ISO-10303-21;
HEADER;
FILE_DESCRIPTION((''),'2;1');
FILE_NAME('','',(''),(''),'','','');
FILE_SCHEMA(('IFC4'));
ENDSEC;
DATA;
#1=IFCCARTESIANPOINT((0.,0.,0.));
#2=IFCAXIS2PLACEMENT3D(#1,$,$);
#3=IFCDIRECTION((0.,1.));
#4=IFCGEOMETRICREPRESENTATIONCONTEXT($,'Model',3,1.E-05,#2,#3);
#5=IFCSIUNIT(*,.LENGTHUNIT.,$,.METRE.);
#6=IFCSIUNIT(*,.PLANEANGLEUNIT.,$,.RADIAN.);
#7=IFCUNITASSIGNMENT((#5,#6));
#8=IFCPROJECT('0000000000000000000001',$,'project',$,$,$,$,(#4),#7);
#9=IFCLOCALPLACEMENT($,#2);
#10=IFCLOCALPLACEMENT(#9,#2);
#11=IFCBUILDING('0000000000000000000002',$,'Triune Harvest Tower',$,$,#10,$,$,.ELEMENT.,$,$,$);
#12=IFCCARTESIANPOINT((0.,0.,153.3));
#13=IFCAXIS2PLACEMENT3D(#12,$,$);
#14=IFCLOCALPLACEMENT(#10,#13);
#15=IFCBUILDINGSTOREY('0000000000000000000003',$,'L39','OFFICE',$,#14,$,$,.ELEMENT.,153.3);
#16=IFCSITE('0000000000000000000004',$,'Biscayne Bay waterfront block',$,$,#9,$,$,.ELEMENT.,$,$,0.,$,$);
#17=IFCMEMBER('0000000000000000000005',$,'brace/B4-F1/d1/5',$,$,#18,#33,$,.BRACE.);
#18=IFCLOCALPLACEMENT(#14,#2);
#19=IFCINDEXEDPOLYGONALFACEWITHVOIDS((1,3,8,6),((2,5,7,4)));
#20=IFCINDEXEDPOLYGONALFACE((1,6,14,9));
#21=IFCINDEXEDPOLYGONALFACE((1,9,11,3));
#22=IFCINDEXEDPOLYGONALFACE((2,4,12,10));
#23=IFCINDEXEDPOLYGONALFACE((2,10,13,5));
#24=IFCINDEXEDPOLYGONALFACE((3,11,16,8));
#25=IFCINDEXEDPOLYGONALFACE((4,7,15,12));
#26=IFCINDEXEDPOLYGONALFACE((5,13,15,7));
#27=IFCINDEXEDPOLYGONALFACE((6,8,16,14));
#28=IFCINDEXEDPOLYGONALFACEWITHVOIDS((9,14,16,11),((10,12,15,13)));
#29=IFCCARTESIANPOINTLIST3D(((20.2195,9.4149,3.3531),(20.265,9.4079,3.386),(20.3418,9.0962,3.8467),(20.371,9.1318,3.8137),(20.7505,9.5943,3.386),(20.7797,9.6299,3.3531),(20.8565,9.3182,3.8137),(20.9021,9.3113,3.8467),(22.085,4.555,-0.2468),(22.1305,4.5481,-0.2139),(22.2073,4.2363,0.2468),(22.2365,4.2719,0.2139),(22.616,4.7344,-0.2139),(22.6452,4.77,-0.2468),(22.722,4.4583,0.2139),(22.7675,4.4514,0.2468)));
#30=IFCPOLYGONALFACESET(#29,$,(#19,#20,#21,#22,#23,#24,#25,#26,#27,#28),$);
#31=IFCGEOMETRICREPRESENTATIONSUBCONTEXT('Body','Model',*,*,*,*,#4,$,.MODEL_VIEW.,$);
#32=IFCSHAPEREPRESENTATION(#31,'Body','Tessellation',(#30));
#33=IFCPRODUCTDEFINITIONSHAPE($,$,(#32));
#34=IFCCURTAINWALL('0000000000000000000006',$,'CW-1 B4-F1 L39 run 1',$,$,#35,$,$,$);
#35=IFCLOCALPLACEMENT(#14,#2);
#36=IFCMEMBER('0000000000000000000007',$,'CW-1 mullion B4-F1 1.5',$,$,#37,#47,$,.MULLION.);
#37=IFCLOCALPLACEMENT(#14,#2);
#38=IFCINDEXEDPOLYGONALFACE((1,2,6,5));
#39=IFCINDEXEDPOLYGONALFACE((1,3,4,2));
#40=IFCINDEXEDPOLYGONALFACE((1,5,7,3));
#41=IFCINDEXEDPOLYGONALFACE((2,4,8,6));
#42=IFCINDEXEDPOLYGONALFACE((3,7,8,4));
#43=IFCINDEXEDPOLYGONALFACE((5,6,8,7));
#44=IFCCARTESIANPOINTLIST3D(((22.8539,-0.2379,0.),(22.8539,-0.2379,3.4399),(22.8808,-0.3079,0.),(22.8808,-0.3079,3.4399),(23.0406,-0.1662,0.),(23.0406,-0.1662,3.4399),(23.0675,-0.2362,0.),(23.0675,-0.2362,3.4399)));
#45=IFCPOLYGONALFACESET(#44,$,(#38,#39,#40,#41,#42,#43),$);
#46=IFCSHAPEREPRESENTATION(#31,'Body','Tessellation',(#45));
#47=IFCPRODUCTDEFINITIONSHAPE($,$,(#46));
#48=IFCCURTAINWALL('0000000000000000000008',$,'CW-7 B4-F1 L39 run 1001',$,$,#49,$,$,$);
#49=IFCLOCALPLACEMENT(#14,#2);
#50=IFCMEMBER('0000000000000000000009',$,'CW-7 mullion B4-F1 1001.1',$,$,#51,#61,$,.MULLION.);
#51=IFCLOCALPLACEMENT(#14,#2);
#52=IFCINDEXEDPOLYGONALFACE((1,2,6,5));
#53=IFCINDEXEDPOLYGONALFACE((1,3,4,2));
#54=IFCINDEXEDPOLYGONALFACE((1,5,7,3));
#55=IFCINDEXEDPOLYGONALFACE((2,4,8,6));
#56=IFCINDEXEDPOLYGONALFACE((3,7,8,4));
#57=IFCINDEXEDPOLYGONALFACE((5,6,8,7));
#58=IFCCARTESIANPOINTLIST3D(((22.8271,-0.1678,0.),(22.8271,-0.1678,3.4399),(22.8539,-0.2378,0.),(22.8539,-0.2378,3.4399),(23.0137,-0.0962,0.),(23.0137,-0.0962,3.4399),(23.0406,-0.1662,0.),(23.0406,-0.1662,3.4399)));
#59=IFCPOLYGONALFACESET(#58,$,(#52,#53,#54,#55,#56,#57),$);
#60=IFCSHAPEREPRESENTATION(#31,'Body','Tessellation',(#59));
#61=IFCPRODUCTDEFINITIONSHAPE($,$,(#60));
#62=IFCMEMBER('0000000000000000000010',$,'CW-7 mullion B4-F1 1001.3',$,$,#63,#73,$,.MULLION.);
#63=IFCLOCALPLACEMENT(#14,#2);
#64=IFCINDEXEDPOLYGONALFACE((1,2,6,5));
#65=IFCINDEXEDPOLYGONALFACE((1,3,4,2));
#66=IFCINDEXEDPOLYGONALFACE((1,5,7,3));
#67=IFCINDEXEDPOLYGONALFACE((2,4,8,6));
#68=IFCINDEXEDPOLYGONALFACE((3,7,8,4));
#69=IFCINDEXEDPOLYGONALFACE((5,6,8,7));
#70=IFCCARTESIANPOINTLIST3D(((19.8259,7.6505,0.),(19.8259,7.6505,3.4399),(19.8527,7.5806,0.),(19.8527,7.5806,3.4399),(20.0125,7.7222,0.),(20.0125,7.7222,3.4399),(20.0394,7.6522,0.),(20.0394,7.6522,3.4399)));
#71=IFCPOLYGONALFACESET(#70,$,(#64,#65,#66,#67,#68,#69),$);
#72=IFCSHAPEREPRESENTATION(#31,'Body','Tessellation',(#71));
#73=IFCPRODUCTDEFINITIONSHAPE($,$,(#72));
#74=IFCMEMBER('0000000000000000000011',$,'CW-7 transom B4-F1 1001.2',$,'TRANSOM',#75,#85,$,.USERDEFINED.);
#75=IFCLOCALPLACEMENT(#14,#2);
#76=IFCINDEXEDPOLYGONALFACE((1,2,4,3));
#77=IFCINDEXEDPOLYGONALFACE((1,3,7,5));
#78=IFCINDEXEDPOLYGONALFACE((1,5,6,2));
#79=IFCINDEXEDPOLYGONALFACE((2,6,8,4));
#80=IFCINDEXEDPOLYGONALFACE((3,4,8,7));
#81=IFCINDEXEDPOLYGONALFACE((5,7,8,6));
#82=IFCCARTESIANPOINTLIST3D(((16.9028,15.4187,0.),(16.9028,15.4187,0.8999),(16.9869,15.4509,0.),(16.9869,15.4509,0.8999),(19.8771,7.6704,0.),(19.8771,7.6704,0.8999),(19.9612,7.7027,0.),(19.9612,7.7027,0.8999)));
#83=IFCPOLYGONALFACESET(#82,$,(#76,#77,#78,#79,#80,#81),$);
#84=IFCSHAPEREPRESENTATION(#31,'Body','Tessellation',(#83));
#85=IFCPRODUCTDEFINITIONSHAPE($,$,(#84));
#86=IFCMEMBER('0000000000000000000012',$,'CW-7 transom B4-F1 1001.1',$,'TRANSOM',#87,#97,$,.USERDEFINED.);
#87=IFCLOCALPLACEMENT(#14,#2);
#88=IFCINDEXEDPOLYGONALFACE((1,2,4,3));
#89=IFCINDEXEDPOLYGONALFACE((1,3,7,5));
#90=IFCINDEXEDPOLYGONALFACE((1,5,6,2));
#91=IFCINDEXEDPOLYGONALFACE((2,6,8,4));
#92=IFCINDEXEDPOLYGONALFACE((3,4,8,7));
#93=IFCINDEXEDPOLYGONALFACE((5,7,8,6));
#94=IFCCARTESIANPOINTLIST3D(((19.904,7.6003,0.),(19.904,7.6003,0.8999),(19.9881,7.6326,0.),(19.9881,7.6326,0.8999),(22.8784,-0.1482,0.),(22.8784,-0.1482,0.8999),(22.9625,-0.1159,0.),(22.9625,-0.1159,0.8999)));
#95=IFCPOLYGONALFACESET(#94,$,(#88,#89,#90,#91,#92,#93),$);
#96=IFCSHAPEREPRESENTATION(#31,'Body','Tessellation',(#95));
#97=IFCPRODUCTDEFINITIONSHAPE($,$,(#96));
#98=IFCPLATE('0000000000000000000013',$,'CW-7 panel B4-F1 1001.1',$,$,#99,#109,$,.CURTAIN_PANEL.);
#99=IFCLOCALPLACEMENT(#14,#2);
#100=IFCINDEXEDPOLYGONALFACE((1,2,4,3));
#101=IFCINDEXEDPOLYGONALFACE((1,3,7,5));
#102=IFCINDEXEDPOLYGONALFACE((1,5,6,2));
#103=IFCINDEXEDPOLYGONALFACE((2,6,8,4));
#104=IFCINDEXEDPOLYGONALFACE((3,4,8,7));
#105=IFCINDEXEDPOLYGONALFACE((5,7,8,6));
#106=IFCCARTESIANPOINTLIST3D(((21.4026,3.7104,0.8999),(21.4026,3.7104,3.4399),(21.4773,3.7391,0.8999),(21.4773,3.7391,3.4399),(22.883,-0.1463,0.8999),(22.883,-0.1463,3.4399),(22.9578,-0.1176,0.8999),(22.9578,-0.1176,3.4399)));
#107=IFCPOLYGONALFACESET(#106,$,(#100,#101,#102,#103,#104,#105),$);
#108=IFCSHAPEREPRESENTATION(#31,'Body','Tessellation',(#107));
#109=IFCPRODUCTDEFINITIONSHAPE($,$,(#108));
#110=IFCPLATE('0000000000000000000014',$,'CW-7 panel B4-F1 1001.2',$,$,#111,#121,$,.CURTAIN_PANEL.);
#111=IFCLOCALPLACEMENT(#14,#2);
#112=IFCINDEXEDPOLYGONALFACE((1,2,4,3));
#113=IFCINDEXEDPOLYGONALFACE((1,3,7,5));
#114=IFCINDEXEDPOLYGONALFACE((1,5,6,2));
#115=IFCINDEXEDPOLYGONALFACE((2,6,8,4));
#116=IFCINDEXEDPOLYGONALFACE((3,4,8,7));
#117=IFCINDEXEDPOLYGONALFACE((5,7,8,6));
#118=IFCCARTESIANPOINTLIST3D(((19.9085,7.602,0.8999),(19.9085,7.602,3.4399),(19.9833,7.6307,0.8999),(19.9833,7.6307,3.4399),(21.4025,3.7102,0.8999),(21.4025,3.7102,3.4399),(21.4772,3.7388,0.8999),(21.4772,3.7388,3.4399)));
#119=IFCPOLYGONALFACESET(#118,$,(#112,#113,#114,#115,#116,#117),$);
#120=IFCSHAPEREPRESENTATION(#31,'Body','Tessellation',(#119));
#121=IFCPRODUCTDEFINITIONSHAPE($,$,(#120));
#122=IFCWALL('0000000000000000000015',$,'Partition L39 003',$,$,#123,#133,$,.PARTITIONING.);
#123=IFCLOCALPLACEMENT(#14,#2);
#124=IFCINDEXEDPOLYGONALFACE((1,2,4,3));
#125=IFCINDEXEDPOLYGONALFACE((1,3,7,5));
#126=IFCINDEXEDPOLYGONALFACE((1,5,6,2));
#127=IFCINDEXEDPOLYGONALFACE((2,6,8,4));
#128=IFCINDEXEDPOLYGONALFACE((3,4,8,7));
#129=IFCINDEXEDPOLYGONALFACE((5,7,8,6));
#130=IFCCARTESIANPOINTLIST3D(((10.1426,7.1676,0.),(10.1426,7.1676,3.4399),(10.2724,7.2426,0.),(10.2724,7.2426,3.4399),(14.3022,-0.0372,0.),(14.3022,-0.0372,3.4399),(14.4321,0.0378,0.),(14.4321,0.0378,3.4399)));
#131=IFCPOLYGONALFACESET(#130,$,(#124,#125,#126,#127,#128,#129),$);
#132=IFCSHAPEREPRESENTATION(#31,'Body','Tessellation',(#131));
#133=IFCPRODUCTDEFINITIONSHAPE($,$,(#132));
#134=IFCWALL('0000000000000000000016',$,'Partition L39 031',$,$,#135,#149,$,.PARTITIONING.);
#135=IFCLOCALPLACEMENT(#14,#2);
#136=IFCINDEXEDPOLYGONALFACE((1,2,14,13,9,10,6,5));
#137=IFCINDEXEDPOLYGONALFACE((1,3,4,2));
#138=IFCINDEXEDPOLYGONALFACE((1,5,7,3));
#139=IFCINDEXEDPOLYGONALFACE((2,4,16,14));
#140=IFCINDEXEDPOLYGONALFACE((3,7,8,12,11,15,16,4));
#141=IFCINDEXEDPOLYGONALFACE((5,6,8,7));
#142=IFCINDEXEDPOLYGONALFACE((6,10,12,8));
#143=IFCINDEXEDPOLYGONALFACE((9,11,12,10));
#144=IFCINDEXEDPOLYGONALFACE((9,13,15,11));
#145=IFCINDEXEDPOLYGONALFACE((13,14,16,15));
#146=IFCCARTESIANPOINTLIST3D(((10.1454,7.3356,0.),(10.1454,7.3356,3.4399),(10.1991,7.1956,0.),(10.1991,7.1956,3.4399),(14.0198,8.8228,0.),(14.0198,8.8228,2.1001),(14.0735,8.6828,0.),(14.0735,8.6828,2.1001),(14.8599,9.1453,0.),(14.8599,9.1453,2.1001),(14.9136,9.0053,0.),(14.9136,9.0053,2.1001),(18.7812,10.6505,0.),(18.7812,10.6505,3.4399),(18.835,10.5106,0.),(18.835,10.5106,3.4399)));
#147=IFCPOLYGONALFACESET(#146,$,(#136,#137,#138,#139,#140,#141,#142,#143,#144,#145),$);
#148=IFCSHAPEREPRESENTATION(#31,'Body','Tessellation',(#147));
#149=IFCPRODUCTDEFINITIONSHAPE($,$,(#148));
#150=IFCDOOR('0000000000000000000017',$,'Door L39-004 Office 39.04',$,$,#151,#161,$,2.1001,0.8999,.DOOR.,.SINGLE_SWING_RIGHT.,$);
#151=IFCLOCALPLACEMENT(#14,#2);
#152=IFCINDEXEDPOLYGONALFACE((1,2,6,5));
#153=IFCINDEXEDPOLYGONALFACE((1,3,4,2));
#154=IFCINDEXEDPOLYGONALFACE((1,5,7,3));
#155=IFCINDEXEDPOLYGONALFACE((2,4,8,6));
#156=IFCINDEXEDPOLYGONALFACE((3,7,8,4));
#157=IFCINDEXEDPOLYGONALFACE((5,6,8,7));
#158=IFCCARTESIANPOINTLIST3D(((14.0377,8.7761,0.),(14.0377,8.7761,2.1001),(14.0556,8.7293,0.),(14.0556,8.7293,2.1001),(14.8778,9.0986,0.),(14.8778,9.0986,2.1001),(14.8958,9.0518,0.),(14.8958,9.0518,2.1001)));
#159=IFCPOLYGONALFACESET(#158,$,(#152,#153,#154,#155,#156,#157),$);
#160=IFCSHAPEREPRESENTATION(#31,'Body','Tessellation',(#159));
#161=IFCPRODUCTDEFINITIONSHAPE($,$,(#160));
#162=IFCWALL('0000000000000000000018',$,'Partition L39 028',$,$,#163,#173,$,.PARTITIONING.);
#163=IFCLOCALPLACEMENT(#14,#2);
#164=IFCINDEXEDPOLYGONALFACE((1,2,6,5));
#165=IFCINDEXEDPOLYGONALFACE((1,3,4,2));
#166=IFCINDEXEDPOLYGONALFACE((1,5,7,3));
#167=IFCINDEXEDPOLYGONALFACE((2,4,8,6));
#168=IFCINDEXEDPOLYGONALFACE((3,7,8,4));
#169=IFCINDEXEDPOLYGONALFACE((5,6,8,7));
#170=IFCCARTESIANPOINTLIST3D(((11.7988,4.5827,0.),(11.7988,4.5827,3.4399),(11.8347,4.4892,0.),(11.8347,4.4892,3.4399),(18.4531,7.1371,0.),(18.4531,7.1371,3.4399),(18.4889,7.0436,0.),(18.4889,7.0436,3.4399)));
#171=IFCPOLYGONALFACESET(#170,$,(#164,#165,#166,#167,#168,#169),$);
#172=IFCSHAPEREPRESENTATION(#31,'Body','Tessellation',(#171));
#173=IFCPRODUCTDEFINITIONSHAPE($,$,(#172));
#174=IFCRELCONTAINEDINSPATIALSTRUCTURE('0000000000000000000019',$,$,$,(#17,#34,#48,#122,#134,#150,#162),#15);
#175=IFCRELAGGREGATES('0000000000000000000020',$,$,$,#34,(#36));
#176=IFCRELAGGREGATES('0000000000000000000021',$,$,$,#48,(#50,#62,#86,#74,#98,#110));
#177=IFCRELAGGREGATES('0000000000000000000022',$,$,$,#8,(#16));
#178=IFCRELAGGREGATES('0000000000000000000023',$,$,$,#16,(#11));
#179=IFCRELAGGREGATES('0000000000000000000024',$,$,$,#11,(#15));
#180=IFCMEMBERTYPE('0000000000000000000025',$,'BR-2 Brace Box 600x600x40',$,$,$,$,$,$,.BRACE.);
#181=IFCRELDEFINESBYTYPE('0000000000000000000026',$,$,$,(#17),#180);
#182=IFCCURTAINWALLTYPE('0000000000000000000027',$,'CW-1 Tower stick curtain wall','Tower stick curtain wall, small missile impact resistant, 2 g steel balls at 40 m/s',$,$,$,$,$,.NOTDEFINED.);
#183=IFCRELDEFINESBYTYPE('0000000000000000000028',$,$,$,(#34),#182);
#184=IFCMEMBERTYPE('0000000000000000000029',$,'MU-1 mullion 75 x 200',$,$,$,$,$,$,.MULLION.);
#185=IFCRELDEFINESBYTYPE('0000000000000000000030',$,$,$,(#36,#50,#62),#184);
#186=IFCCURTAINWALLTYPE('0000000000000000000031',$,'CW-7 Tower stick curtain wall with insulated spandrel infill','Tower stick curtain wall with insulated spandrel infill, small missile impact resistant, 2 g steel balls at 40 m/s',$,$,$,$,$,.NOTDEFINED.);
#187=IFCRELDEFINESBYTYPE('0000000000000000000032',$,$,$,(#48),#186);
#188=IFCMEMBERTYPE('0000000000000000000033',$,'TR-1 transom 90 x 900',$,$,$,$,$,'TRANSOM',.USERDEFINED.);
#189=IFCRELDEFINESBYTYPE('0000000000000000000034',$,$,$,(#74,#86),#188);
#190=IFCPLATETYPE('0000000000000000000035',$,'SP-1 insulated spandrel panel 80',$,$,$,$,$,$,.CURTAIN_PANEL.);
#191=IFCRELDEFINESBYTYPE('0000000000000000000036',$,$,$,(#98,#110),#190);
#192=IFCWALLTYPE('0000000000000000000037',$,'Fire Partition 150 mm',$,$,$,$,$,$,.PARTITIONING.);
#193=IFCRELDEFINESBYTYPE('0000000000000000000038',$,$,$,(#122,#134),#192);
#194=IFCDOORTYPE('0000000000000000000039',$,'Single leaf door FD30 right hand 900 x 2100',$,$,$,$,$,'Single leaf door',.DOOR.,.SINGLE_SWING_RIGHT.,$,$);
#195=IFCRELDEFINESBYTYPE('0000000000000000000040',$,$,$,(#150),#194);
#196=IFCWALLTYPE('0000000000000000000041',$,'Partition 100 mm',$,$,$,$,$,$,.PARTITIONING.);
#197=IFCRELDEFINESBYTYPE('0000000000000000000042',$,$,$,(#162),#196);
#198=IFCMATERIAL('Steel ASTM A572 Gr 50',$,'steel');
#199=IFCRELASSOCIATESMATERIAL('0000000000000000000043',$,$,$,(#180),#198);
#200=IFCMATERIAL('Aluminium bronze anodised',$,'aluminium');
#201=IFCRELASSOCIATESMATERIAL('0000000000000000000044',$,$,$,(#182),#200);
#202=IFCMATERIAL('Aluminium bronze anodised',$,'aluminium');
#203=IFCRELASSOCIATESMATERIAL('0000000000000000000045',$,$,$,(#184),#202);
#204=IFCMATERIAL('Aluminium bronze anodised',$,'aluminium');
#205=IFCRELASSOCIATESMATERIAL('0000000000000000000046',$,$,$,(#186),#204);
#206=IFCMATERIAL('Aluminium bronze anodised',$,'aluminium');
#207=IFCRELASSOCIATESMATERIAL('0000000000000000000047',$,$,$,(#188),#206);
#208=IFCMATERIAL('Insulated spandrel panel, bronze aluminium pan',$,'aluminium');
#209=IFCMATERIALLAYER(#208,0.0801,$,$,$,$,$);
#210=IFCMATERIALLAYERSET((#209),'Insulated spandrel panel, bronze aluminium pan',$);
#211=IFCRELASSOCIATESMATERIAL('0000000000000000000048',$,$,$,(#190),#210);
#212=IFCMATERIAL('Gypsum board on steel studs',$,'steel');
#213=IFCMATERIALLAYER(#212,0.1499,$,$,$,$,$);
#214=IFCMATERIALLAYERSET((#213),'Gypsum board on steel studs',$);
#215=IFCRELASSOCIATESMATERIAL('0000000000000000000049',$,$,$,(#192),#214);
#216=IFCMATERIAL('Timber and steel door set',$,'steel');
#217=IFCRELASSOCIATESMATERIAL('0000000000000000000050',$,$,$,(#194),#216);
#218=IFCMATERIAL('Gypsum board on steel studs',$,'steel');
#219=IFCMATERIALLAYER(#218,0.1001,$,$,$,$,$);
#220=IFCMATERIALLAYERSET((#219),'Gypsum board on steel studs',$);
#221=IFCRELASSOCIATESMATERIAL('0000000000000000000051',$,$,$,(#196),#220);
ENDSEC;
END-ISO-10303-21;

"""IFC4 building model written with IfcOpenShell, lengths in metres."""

from ifc_helpers import new_model, si_unit, direction, frame, frame_2d, origin, origin_2d, place, context, subcontext, project, spatial, rectangle, hollow_rectangle, extrude, source, transform, mapped, material, layer, layer_set, material_profile, profile_set, type_object, element, fill, aggregate, save


model = new_model("IFC4")

# Units and contexts
model_context = context("Model", 3, precision=1e-05, world=origin(), true_north=direction((0.0, 1.0)))
body_context = subcontext(model_context, "Body", "Model", "MODEL_VIEW")
ifc_project = project(units=[si_unit("LENGTHUNIT", "METRE"), si_unit("PLANEANGLEUNIT", "RADIAN")], contexts=[model_context])

# Site, building, storey
site_placement = place(None, origin())
site = spatial("IfcSite", under=ifc_project, at=site_placement, Name="Biscayne Bay waterfront block", CompositionType="ELEMENT", RefElevation=0.0)
building_placement = place(site_placement, origin())
building = spatial("IfcBuilding", under=site, at=building_placement, Name="Triune Harvest Tower", CompositionType="ELEMENT")
storey_placement = place(building_placement, frame((0.0, 0.0, 153.3)))
storey = spatial("IfcBuildingStorey", under=building, at=storey_placement, Name="L39", Description="OFFICE", CompositionType="ELEMENT", Elevation=153.3)

# Member
ifc_material_1 = material(Name="Steel ASTM A572 Gr 50", Category="steel")
ifc_material_profile_1 = material_profile(ifc_material_1, hollow_rectangle(XDim=0.6001, YDim=0.6001, WallThickness=0.04, at=origin_2d()), Name="Box 600x600x40")
ifc_profile_set_1 = profile_set([ifc_material_profile_1], Name="Steel ASTM A572 Gr 50")
member_type_1 = type_object("IfcMemberType", Name="BR-2 Brace Box 600x600x40", PredefinedType="BRACE", material=ifc_profile_set_1)
shared_shape_1 = source(origin(), body_context, "Body", "SweptSolid", [
    extrude(hollow_rectangle(XDim=0.6001, YDim=0.6001, WallThickness=0.04, at=origin_2d()), origin(), (0.0, 0.0, 1.0), 6.3291),
])
member_1_placement = place(storey_placement, frame((22.4263, 4.5032, 0.0), z_axis=(-0.294747, 0.767863, 0.56878), x_axis=(-0.933584, -0.35836, 0.0)))
element("IfcMember", 1, at=member_1_placement, inside=storey, type_object=member_type_1, Name="brace/B4-F1/d1/5", PredefinedType="BRACE", context=body_context, shape_type="MappedRepresentation", body=[
    mapped(shared_shape_1, transform((0.0, 0.0, 0.0), scale=1.0)),
])

# Curtain wall, member
ifc_material_2 = material(Name="Aluminium bronze anodised", Category="aluminium")
curtain_wall_type_1 = type_object("IfcCurtainWallType", Name="CW-1 Tower stick curtain wall", Description="Tower stick curtain wall, small missile impact resistant, 2 g steel balls at 40 m/s", PredefinedType="NOTDEFINED", material=ifc_material_2)
curtain_wall_1_placement = place(storey_placement, origin())
curtain_wall_1 = element("IfcCurtainWall", 2, at=curtain_wall_1_placement, inside=storey, type_object=curtain_wall_type_1, Name="CW-1 B4-F1 L39 run 1")
ifc_material_3 = material(Name="Aluminium bronze anodised", Category="aluminium")
ifc_material_profile_2 = material_profile(ifc_material_3, rectangle(XDim=0.2, YDim=0.075, at=origin_2d()), Name="MU-1 mullion 75 x 200")
ifc_profile_set_2 = profile_set([ifc_material_profile_2], Name="Aluminium bronze anodised")
member_type_2 = type_object("IfcMemberType", Name="MU-1 mullion 75 x 200", PredefinedType="MULLION", material=ifc_profile_set_2)
shared_shape_2 = source(origin(), body_context, "Body", "SweptSolid", [
    extrude(rectangle(XDim=0.2, YDim=0.075, at=origin_2d()), origin(), (0.0, 0.0, 1.0), 3.4399),
])
member_2_placement = place(storey_placement, frame((22.9607, -0.2371, 0.0), z_axis=(0.0, 0.0, 1.0), x_axis=(-0.933579, -0.358371, 0.0)))
member_2 = element("IfcMember", 3, at=member_2_placement, type_object=member_type_2, Name="CW-1 mullion B4-F1 1.5", PredefinedType="MULLION", context=body_context, shape_type="MappedRepresentation", body=[
    mapped(shared_shape_2, transform((0.0, 0.0, 0.0), scale=1.0)),
])
aggregate(curtain_wall_1, [member_2])

# Curtain wall, members, plates
ifc_material_4 = material(Name="Aluminium bronze anodised", Category="aluminium")
curtain_wall_type_2 = type_object("IfcCurtainWallType", Name="CW-7 Tower stick curtain wall with insulated spandrel infill", Description="Tower stick curtain wall with insulated spandrel infill, small missile impact resistant, 2 g steel balls at 40 m/s", PredefinedType="NOTDEFINED", material=ifc_material_4)
curtain_wall_2_placement = place(storey_placement, origin())
curtain_wall_2 = element("IfcCurtainWall", 4, at=curtain_wall_2_placement, inside=storey, type_object=curtain_wall_type_2, Name="CW-7 B4-F1 L39 run 1001")
member_3_placement = place(storey_placement, frame((22.9338, -0.167, 0.0), z_axis=(0.0, 0.0, 1.0), x_axis=(-0.933581, -0.358365, 0.0)))
member_3 = element("IfcMember", 5, at=member_3_placement, type_object=member_type_2, Name="CW-7 mullion B4-F1 1001.1", PredefinedType="MULLION", context=body_context, shape_type="MappedRepresentation", body=[
    mapped(shared_shape_2, transform((0.0, 0.0, 0.0), scale=1.0)),
])
member_4_placement = place(storey_placement, frame((19.9326, 7.6514, 0.0), z_axis=(0.0, 0.0, 1.0), x_axis=(-0.933581, -0.358365, 0.0)))
member_4 = element("IfcMember", 6, at=member_4_placement, type_object=member_type_2, Name="CW-7 mullion B4-F1 1001.3", PredefinedType="MULLION", context=body_context, shape_type="MappedRepresentation", body=[
    mapped(shared_shape_2, transform((0.0, 0.0, 0.0), scale=1.0)),
])
ifc_material_5 = material(Name="Aluminium bronze anodised", Category="aluminium")
ifc_material_profile_3 = material_profile(ifc_material_5, rectangle(XDim=0.0901, YDim=0.8999, at=origin_2d()), Name="TR-1 transom 90 x 900")
ifc_profile_set_3 = profile_set([ifc_material_profile_3], Name="Aluminium bronze anodised")
member_type_3 = type_object("IfcMemberType", Name="TR-1 transom 90 x 900", ElementType="TRANSOM", PredefinedType="USERDEFINED", material=ifc_profile_set_3)
shared_shape_3 = source(origin(), body_context, "Body", "SweptSolid", [
    extrude(rectangle(XDim=0.0901, YDim=0.8999, at=origin_2d()), origin(), (0.0, 0.0, 1.0), 8.2996),
])
member_5_placement = place(storey_placement, frame((19.9192, 7.6865, 0.45), z_axis=(-0.358376, 0.933577, 0.0), x_axis=(-0.933577, -0.358376, 0.0)))
member_5 = element("IfcMember", 7, at=member_5_placement, type_object=member_type_3, Name="CW-7 transom B4-F1 1001.2", ObjectType="TRANSOM", PredefinedType="USERDEFINED", context=body_context, shape_type="MappedRepresentation", body=[
    mapped(shared_shape_3, transform((0.0, 0.0, 0.0), scale=1.0)),
])
shared_shape_4 = source(origin(), body_context, "Body", "SweptSolid", [
    extrude(rectangle(XDim=0.0901, YDim=0.8999, at=origin_2d()), origin(), (0.0, 0.0, 1.0), 8.2998),
])
member_6_placement = place(storey_placement, frame((22.9204, -0.1321, 0.45), z_axis=(-0.358366, 0.933581, 0.0), x_axis=(-0.933581, -0.358366, 0.0)))
member_6 = element("IfcMember", 8, at=member_6_placement, type_object=member_type_3, Name="CW-7 transom B4-F1 1001.1", ObjectType="TRANSOM", PredefinedType="USERDEFINED", context=body_context, shape_type="MappedRepresentation", body=[
    mapped(shared_shape_4, transform((0.0, 0.0, 0.0), scale=1.0)),
])
ifc_material_6 = material(Name="Insulated spandrel panel, bronze aluminium pan", Category="aluminium")
ifc_layer_1 = layer(ifc_material_6, 0.0801)
ifc_layer_set_1 = layer_set([ifc_layer_1], Name="Insulated spandrel panel, bronze aluminium pan")
plate_type = type_object("IfcPlateType", Name="SP-1 insulated spandrel panel 80", PredefinedType="CURTAIN_PANEL", material=ifc_layer_set_1)
shared_shape_5 = source(origin(), body_context, "Body", "SweptSolid", [
    extrude(rectangle(XDim=4.1311, YDim=0.0801, at=origin_2d()), origin(), (0.0, 0.0, 1.0), 2.54),
])
plate_1_placement = place(storey_placement, frame((22.1802, 1.7964, 0.8999), z_axis=(0.0, 0.0, 1.0), x_axis=(-0.358365, 0.933581, 0.0)))
plate_1 = element("IfcPlate", 9, at=plate_1_placement, type_object=plate_type, Name="CW-7 panel B4-F1 1001.1", PredefinedType="CURTAIN_PANEL", context=body_context, shape_type="MappedRepresentation", body=[
    mapped(shared_shape_5, transform((0.0, 0.0, 0.0), scale=1.0)),
])
shared_shape_6 = source(origin(), body_context, "Body", "SweptSolid", [
    extrude(rectangle(XDim=4.1687, YDim=0.0801, at=origin_2d()), origin(), (0.0, 0.0, 1.0), 2.54),
])
plate_2_placement = place(storey_placement, frame((20.6929, 5.6704, 0.8999), z_axis=(0.0, 0.0, 1.0), x_axis=(-0.358365, 0.933581, 0.0)))
plate_2 = element("IfcPlate", 10, at=plate_2_placement, type_object=plate_type, Name="CW-7 panel B4-F1 1001.2", PredefinedType="CURTAIN_PANEL", context=body_context, shape_type="MappedRepresentation", body=[
    mapped(shared_shape_6, transform((0.0, 0.0, 0.0), scale=1.0)),
])
aggregate(curtain_wall_2, [member_3, member_4, member_6, member_5, plate_1, plate_2])

# Wall
ifc_material_7 = material(Name="Gypsum board on steel studs", Category="steel")
ifc_layer_2 = layer(ifc_material_7, 0.1499)
ifc_layer_set_2 = layer_set([ifc_layer_2], Name="Gypsum board on steel studs")
wall_type_1 = type_object("IfcWallType", Name="Fire Partition 150 mm", PredefinedType="PARTITIONING", material=ifc_layer_set_2)
wall_1_placement = place(storey_placement, frame((10.2075, 7.2051, 0.0), z_axis=(0.0, 0.0, 1.0), x_axis=(0.499996, -0.866028, 0.0)))
element("IfcWall", 11, at=wall_1_placement, inside=storey, type_object=wall_type_1, Name="Partition L39 003", PredefinedType="PARTITIONING", context=body_context, shape_type="SweptSolid", body=[
    extrude(rectangle(XDim=8.3193, YDim=0.1499, at=frame_2d((4.1597, 0.0))), origin(), (0.0, 0.0, 1.0), 3.4399),
])

# Wall, opening, door
wall_2_placement = place(storey_placement, frame((10.1724, 7.2656, 0.0), z_axis=(0.0, 0.0, 1.0), x_axis=(0.933581, 0.358367, 0.0)))
wall_2 = element("IfcWall", 12, at=wall_2_placement, inside=storey, type_object=wall_type_1, Name="Partition L39 031", PredefinedType="PARTITIONING", context=body_context, shape_type="SweptSolid", body=[
    extrude(rectangle(XDim=9.2502, YDim=0.1499, at=frame_2d((4.625, 0.0))), origin(), (0.0, 0.0, 1.0), 3.4399),
])
opening_1_placement = place(wall_2_placement, frame((4.1499, 0.0, 0.0)))
opening_1 = element("IfcOpeningElement", 13, at=opening_1_placement, cuts=wall_2, PredefinedType="OPENING", context=body_context, shape_type="SweptSolid", body=[
    extrude(rectangle(XDim=0.8999, YDim=2.1001, at=frame_2d((0.45, 1.05))), frame((0.0, 0.085, 0.0), z_axis=(0.0, -1.0, 0.0), x_axis=(1.0, 0.0, 0.0)), (0.0, 0.0, 1.0), 0.1699),
])
ifc_material_8 = material(Name="Timber and steel door set", Category="steel")
door_type_1 = type_object("IfcDoorType", Name="Single leaf door FD30 right hand 900 x 2100", ElementType="Single leaf door", OperationType="SINGLE_SWING_RIGHT", PredefinedType="DOOR", material=ifc_material_8)
door_1_placement = place(opening_1_placement, origin())
door_1 = element("IfcDoor", 14, at=door_1_placement, inside=storey, type_object=door_type_1, Name="Door L39-004 Office 39.04", OperationType="SINGLE_SWING_RIGHT", OverallHeight=2.1001, OverallWidth=0.8999, PredefinedType="DOOR", context=body_context, shape_type="SweptSolid", body=[
    extrude(rectangle(XDim=0.8999, YDim=2.1001, at=frame_2d((0.45, 1.05))), frame((0.0, 0.0249, 0.0), z_axis=(0.0, -1.0, 0.0), x_axis=(1.0, 0.0, 0.0)), (0.0, 0.0, 1.0), 0.05),
])
fill(opening_1, door_1)

# Wall
ifc_material_9 = material(Name="Gypsum board on steel studs", Category="steel")
ifc_layer_3 = layer(ifc_material_9, 0.1001)
ifc_layer_set_3 = layer_set([ifc_layer_3], Name="Gypsum board on steel studs")
wall_type_2 = type_object("IfcWallType", Name="Partition 100 mm", PredefinedType="PARTITIONING", material=ifc_layer_set_3)
wall_3_placement = place(storey_placement, frame((11.8167, 4.5359, 0.0), z_axis=(0.0, 0.0, 1.0), x_axis=(0.933576, 0.35838, 0.0)))
element("IfcWall", 15, at=wall_3_placement, inside=storey, type_object=wall_type_2, Name="Partition L39 028", PredefinedType="PARTITIONING", context=body_context, shape_type="SweptSolid", body=[
    extrude(rectangle(XDim=7.1277, YDim=0.1001, at=frame_2d((3.564, 0.0))), origin(), (0.0, 0.0, 1.0), 3.4399),
])

save(model, "model.ifc")
